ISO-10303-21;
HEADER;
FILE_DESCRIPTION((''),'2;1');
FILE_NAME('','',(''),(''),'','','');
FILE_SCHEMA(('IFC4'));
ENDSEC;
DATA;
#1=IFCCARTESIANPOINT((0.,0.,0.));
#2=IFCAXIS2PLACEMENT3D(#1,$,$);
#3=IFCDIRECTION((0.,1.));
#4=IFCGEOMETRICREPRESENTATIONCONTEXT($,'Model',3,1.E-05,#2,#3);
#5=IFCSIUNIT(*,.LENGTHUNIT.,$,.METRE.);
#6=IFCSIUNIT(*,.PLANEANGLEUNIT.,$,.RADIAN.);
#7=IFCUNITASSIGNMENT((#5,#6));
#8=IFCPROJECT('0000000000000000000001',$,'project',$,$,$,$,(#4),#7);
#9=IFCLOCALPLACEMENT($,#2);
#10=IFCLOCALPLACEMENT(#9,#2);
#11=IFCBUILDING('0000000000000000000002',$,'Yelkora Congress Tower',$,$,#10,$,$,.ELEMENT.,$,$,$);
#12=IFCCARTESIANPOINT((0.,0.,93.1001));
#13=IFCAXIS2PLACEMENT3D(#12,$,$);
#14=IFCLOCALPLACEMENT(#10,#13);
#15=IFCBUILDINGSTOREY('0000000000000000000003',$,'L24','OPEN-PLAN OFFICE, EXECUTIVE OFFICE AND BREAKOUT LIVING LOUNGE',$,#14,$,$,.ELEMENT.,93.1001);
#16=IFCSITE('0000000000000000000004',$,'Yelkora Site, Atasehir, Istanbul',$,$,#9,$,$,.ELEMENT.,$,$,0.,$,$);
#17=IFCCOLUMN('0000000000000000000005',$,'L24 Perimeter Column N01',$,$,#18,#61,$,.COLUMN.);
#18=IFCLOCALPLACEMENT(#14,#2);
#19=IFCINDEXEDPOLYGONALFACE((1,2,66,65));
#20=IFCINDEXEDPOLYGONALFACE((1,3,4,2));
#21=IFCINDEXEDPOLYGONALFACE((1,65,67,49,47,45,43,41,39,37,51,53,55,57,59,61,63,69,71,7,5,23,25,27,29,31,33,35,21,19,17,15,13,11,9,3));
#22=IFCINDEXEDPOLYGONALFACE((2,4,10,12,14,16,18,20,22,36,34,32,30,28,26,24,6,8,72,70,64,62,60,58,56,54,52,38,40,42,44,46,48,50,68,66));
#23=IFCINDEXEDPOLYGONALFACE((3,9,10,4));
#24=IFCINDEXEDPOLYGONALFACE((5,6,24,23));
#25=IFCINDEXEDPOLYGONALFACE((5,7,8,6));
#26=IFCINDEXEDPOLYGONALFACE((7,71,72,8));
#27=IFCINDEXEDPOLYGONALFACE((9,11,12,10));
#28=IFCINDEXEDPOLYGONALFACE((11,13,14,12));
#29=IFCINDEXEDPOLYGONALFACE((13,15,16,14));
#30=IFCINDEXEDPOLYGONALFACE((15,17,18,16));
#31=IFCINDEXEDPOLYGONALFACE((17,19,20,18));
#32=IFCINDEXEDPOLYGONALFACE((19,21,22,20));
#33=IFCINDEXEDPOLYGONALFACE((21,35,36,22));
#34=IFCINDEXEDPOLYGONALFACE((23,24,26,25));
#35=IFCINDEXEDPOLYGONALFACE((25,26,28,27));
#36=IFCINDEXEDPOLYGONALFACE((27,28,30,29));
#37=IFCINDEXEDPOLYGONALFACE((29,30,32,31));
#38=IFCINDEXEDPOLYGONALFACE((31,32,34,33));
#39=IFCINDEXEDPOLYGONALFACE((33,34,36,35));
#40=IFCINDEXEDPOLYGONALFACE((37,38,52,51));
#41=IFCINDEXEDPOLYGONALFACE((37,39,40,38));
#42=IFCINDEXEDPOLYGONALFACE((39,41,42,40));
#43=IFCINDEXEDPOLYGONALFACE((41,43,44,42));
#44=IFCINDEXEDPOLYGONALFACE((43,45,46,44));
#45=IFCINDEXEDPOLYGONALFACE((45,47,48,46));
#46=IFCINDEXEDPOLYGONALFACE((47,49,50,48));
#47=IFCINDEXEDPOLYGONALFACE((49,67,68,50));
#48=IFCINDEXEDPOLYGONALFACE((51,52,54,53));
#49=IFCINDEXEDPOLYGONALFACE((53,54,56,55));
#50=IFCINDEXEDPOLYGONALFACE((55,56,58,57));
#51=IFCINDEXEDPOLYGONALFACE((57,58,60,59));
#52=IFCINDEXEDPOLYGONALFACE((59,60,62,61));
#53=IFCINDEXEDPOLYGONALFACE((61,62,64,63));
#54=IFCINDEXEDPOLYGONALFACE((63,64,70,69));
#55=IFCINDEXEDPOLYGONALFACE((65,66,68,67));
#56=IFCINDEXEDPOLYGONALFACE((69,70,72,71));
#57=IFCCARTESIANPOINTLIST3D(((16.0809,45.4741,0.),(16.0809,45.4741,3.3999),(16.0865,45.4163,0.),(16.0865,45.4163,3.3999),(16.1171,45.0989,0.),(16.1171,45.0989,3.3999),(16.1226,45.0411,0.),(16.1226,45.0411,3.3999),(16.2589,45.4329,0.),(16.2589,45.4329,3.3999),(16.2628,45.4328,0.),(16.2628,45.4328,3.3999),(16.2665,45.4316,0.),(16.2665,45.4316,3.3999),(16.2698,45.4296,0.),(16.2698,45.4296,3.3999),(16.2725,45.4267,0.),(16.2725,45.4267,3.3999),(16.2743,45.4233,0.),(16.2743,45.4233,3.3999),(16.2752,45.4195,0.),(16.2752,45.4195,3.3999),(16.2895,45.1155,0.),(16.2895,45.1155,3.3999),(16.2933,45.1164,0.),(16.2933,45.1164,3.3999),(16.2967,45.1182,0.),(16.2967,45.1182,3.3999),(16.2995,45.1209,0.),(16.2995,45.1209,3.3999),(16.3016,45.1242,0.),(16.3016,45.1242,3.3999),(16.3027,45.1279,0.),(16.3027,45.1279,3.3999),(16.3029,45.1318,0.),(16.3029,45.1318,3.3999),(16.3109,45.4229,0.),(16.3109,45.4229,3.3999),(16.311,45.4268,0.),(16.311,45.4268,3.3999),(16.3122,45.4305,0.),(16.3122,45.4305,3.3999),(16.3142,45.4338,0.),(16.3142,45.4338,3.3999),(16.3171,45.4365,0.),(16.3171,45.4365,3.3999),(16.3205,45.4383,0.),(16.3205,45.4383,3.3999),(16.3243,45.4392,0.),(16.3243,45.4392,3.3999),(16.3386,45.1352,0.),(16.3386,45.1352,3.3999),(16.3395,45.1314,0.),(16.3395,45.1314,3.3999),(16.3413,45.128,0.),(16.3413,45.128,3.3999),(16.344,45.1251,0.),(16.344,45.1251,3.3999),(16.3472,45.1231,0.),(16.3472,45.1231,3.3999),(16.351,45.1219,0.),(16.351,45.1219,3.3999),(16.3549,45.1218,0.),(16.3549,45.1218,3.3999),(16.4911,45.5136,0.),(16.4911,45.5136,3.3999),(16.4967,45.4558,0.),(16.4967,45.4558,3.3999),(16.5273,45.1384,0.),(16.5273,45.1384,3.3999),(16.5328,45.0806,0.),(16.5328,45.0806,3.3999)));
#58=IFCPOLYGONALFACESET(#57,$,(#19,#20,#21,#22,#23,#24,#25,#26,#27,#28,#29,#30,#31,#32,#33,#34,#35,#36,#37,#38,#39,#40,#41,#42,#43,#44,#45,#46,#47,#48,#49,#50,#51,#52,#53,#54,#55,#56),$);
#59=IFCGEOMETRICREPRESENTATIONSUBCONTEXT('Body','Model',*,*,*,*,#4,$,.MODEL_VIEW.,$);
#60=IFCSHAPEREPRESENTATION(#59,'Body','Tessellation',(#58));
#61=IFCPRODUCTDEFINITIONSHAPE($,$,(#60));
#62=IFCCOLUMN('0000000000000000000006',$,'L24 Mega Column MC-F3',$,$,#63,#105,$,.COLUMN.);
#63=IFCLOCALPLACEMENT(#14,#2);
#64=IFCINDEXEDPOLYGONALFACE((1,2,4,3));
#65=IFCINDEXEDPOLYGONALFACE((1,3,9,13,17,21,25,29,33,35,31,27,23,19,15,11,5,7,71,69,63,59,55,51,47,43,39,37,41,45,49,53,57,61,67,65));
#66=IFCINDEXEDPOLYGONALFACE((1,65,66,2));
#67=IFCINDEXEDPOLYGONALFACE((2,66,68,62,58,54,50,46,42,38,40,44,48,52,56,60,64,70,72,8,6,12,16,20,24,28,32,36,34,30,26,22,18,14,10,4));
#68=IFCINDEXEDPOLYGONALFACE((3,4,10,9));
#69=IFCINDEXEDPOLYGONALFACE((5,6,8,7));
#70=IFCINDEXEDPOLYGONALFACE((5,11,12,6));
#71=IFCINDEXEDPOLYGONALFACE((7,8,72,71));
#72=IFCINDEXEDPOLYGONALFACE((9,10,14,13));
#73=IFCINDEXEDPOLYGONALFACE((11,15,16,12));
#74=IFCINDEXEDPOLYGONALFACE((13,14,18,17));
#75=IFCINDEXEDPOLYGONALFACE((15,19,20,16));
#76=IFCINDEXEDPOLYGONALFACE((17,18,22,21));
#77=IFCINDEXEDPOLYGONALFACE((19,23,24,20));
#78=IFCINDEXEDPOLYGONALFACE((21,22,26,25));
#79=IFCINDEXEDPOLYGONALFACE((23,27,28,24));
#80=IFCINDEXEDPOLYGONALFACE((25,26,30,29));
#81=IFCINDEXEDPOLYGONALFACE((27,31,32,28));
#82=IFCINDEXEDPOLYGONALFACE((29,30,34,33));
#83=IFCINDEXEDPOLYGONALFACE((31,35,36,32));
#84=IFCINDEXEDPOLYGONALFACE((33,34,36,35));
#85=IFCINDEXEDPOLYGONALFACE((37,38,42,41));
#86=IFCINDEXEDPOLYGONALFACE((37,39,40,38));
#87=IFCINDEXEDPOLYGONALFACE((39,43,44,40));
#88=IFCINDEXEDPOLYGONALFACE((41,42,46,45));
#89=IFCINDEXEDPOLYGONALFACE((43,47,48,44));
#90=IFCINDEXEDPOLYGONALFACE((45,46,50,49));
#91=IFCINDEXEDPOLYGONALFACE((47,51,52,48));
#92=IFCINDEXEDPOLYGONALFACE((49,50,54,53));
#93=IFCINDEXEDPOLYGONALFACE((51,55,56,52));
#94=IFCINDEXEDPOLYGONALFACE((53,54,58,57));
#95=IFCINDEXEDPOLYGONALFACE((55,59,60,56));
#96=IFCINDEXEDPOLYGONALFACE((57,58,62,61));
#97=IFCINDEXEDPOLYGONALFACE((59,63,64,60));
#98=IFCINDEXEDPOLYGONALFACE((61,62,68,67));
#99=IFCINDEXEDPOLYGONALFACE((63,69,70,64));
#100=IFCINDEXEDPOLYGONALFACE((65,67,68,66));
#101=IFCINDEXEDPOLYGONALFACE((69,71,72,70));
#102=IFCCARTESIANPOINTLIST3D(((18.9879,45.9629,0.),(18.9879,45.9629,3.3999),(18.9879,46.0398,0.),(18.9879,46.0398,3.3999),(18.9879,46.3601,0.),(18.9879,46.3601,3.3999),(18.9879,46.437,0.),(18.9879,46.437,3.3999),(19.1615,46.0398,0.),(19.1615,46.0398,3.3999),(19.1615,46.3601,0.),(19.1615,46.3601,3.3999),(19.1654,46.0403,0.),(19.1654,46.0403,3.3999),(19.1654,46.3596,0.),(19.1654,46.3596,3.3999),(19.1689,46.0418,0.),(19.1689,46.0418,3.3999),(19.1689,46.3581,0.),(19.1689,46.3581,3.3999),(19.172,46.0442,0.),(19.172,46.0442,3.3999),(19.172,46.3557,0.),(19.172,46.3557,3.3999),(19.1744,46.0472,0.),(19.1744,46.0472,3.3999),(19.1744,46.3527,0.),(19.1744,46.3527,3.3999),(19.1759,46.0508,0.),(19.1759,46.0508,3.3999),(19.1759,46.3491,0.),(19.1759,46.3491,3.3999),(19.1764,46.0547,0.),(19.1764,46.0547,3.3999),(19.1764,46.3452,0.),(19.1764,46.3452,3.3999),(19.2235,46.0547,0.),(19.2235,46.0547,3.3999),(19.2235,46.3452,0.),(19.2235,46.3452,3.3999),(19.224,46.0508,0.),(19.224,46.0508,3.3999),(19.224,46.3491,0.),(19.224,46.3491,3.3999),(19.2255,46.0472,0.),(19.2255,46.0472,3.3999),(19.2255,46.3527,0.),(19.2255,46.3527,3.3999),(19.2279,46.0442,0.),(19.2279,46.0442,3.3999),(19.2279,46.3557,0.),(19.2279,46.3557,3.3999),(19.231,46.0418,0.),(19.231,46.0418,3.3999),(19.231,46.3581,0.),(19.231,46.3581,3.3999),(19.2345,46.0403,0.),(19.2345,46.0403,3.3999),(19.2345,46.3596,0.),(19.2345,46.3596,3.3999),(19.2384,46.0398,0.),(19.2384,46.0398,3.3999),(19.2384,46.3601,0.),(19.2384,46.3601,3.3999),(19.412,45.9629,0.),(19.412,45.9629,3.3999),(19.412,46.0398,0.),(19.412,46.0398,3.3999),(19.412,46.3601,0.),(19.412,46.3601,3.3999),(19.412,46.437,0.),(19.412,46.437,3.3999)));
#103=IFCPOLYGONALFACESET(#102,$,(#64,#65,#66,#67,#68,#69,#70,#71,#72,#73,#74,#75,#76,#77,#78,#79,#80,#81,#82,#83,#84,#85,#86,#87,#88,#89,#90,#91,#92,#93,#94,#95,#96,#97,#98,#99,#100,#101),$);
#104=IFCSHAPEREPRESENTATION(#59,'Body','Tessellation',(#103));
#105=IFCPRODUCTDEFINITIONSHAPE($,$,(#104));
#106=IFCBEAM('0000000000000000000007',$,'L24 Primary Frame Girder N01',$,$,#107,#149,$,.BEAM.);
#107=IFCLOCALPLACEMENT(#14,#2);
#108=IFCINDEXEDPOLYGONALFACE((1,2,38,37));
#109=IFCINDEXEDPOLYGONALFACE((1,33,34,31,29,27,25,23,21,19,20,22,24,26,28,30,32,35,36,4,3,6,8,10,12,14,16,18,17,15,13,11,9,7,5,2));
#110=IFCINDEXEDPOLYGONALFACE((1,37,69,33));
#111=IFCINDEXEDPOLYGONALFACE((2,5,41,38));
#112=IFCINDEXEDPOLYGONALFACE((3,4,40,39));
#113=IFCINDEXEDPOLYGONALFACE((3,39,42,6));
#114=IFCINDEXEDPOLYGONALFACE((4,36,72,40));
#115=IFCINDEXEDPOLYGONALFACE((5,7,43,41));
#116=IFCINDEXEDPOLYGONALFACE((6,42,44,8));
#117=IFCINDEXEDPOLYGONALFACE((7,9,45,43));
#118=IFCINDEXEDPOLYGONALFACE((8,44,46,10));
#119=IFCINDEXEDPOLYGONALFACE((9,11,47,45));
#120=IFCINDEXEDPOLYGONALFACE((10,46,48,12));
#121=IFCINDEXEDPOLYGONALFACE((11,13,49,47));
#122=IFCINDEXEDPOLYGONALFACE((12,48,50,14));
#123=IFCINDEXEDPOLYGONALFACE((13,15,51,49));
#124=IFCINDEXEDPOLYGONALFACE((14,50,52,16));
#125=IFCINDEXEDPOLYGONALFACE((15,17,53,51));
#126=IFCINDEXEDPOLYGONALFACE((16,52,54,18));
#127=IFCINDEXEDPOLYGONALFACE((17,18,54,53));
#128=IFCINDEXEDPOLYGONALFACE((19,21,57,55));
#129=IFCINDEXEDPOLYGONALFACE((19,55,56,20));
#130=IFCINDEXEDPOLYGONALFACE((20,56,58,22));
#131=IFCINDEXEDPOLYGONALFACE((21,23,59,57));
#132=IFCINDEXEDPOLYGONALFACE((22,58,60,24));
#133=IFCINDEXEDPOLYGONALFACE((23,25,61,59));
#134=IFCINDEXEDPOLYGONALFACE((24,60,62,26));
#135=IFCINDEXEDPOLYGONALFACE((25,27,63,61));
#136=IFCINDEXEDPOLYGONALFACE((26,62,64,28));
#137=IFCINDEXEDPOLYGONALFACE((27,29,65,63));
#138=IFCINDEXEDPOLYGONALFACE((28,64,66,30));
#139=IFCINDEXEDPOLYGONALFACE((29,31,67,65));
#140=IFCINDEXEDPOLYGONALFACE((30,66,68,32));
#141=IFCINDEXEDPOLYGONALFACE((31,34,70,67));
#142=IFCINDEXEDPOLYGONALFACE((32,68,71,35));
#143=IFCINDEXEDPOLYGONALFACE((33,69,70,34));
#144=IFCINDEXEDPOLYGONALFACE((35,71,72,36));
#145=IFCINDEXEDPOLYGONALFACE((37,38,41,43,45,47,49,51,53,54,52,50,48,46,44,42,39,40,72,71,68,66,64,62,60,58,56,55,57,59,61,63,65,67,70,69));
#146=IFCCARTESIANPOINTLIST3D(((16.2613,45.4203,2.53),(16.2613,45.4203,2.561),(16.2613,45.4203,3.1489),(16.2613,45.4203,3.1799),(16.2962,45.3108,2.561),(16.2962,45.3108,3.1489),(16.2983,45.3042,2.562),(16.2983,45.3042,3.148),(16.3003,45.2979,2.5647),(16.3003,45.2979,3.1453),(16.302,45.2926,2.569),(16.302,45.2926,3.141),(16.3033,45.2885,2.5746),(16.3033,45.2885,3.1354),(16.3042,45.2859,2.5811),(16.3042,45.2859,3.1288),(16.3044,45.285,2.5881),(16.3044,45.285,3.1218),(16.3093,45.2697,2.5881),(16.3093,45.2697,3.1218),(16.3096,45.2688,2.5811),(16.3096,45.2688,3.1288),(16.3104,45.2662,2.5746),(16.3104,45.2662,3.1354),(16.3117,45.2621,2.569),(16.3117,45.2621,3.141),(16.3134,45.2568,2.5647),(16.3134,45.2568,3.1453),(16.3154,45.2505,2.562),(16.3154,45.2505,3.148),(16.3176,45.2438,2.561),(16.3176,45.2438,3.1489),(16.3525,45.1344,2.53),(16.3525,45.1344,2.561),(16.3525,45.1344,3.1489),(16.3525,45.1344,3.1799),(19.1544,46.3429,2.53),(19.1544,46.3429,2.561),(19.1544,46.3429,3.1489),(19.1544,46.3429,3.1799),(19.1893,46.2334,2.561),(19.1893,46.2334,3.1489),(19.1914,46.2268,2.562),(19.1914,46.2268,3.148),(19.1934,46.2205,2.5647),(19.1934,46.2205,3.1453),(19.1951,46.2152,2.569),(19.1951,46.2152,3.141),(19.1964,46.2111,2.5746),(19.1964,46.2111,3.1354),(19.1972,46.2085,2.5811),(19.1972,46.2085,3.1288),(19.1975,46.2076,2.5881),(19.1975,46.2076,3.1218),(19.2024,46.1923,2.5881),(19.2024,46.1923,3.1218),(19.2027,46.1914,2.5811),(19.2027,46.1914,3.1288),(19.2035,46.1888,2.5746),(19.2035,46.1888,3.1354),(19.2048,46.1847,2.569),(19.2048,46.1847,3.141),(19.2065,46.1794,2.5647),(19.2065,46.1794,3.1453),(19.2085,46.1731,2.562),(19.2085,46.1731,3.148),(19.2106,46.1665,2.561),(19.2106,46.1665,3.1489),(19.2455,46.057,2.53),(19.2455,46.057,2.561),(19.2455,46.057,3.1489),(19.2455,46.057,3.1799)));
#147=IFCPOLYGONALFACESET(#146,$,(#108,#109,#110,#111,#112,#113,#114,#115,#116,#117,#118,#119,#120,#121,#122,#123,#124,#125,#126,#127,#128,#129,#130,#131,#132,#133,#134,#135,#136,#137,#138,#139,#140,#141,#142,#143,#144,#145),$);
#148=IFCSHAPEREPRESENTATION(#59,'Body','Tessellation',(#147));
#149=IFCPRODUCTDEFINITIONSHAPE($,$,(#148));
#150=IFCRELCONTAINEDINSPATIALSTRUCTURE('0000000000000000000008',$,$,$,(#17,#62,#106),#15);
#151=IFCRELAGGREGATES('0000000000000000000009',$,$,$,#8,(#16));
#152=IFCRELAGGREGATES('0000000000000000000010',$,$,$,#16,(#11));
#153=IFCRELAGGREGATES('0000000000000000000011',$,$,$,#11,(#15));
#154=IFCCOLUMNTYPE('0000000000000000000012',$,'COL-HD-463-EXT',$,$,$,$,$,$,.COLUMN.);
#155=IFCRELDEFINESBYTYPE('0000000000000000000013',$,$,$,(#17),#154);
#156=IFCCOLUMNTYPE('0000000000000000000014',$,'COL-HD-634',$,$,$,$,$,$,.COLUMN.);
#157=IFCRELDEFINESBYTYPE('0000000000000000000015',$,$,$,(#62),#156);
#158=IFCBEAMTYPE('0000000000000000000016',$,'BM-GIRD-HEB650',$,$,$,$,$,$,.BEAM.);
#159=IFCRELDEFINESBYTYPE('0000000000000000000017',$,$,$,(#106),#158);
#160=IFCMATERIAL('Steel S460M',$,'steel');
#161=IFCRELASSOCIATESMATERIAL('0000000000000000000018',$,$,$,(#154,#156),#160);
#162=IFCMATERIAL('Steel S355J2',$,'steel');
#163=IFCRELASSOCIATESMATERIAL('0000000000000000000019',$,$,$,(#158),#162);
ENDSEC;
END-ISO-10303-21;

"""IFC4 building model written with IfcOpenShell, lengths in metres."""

from ifc_helpers import new_model, si_unit, direction, frame, origin, origin_2d, place, context, subcontext, project, spatial, i_section, extrude, material, material_profile, profile_set, type_object, element, save


model = new_model("IFC4")

# Units and contexts
model_context = context("Model", 3, precision=1e-05, world=origin(), true_north=direction((0.0, 1.0)))
body_context = subcontext(model_context, "Body", "Model", "MODEL_VIEW")
ifc_project = project(units=[si_unit("LENGTHUNIT", "METRE"), si_unit("PLANEANGLEUNIT", "RADIAN")], contexts=[model_context])

# Site, building, storey
site_placement = place(None, origin())
site = spatial("IfcSite", under=ifc_project, at=site_placement, Name="Yelkora Site, Atasehir, Istanbul", CompositionType="ELEMENT", RefElevation=0.0)
building_placement = place(site_placement, origin())
building = spatial("IfcBuilding", under=site, at=building_placement, Name="Yelkora Congress Tower", CompositionType="ELEMENT")
storey_placement = place(building_placement, frame((0.0, 0.0, 93.1001)))
storey = spatial("IfcBuildingStorey", under=building, at=storey_placement, Name="L24", Description="OPEN-PLAN OFFICE, EXECUTIVE OFFICE AND BREAKOUT LIVING LOUNGE", CompositionType="ELEMENT", Elevation=93.1001)

# Columns
ifc_material_1 = material(Name="Steel S460M", Category="steel")
ifc_material_profile_1 = material_profile(ifc_material_1, i_section(OverallWidth=0.4121, OverallDepth=0.4351, WebThickness=0.0359, FlangeThickness=0.0581, FilletRadius=0.0149, at=origin_2d()), Name="HD 400x463")
ifc_profile_set_1 = profile_set([ifc_material_profile_1], Name="Steel S460M")
column_type_1 = type_object("IfcColumnType", Name="COL-HD-463-EXT", PredefinedType="COLUMN", material=ifc_profile_set_1)
column_1_placement = place(storey_placement, frame((16.3069, 45.2773, 0.0), z_axis=(0.0, 0.0, 1.0), x_axis=(0.995396, 0.095846, 0.0)))
element("IfcColumn", 1, at=column_1_placement, inside=storey, type_object=column_type_1, Name="L24 Perimeter Column N01", PredefinedType="COLUMN", context=body_context, shape_type="SweptSolid", body=[
    extrude(i_section(OverallWidth=0.4121, OverallDepth=0.4351, WebThickness=0.0359, FlangeThickness=0.0581, FilletRadius=0.0149, at=origin_2d()), origin(), (0.0, 0.0, 1.0), 3.3999),
])
ifc_material_profile_2 = material_profile(ifc_material_1, i_section(OverallWidth=0.4241, OverallDepth=0.4741, WebThickness=0.0471, FlangeThickness=0.0769, FilletRadius=0.0149, at=origin_2d()), Name="HD 400x634")
ifc_profile_set_2 = profile_set([ifc_material_profile_2], Name="Steel S460M")
column_type_2 = type_object("IfcColumnType", Name="COL-HD-634", PredefinedType="COLUMN", material=ifc_profile_set_2)
column_2_placement = place(storey_placement, frame((19.2, 46.2, 0.0), z_axis=(0.0, 0.0, 1.0), x_axis=(1.0, 0.0, 0.0)))
element("IfcColumn", 2, at=column_2_placement, inside=storey, type_object=column_type_2, Name="L24 Mega Column MC-F3", PredefinedType="COLUMN", context=body_context, shape_type="SweptSolid", body=[
    extrude(i_section(OverallWidth=0.4241, OverallDepth=0.4741, WebThickness=0.0471, FlangeThickness=0.0769, FilletRadius=0.0149, at=origin_2d()), origin(), (0.0, 0.0, 1.0), 3.3999),
])

# Beam
ifc_material_2 = material(Name="Steel S355J2", Category="steel")
ifc_material_profile_3 = material_profile(ifc_material_2, i_section(OverallWidth=0.3, OverallDepth=0.6499, WebThickness=0.0161, FlangeThickness=0.031, FilletRadius=0.0271, at=origin_2d()), Name="HEB 650")
ifc_profile_set_3 = profile_set([ifc_material_profile_3], Name="Steel S355J2")
beam_type_1 = type_object("IfcBeamType", Name="BM-GIRD-HEB650", PredefinedType="BEAM", material=ifc_profile_set_3)
beam_1_placement = place(storey_placement, frame((16.3069, 45.2773, 2.855), z_axis=(0.952727, 0.303827, 0.0), x_axis=(-0.303827, 0.952727, 0.0)))
element("IfcBeam", 3, at=beam_1_placement, inside=storey, type_object=beam_type_1, Name="L24 Primary Frame Girder N01", PredefinedType="BEAM", context=body_context, shape_type="SweptSolid", body=[
    extrude(i_section(OverallWidth=0.3, OverallDepth=0.6499, WebThickness=0.0161, FlangeThickness=0.031, FilletRadius=0.0271, at=origin_2d()), origin(), (0.0, 0.0, 1.0), 3.0366),
])

save(model, "model.ifc")
